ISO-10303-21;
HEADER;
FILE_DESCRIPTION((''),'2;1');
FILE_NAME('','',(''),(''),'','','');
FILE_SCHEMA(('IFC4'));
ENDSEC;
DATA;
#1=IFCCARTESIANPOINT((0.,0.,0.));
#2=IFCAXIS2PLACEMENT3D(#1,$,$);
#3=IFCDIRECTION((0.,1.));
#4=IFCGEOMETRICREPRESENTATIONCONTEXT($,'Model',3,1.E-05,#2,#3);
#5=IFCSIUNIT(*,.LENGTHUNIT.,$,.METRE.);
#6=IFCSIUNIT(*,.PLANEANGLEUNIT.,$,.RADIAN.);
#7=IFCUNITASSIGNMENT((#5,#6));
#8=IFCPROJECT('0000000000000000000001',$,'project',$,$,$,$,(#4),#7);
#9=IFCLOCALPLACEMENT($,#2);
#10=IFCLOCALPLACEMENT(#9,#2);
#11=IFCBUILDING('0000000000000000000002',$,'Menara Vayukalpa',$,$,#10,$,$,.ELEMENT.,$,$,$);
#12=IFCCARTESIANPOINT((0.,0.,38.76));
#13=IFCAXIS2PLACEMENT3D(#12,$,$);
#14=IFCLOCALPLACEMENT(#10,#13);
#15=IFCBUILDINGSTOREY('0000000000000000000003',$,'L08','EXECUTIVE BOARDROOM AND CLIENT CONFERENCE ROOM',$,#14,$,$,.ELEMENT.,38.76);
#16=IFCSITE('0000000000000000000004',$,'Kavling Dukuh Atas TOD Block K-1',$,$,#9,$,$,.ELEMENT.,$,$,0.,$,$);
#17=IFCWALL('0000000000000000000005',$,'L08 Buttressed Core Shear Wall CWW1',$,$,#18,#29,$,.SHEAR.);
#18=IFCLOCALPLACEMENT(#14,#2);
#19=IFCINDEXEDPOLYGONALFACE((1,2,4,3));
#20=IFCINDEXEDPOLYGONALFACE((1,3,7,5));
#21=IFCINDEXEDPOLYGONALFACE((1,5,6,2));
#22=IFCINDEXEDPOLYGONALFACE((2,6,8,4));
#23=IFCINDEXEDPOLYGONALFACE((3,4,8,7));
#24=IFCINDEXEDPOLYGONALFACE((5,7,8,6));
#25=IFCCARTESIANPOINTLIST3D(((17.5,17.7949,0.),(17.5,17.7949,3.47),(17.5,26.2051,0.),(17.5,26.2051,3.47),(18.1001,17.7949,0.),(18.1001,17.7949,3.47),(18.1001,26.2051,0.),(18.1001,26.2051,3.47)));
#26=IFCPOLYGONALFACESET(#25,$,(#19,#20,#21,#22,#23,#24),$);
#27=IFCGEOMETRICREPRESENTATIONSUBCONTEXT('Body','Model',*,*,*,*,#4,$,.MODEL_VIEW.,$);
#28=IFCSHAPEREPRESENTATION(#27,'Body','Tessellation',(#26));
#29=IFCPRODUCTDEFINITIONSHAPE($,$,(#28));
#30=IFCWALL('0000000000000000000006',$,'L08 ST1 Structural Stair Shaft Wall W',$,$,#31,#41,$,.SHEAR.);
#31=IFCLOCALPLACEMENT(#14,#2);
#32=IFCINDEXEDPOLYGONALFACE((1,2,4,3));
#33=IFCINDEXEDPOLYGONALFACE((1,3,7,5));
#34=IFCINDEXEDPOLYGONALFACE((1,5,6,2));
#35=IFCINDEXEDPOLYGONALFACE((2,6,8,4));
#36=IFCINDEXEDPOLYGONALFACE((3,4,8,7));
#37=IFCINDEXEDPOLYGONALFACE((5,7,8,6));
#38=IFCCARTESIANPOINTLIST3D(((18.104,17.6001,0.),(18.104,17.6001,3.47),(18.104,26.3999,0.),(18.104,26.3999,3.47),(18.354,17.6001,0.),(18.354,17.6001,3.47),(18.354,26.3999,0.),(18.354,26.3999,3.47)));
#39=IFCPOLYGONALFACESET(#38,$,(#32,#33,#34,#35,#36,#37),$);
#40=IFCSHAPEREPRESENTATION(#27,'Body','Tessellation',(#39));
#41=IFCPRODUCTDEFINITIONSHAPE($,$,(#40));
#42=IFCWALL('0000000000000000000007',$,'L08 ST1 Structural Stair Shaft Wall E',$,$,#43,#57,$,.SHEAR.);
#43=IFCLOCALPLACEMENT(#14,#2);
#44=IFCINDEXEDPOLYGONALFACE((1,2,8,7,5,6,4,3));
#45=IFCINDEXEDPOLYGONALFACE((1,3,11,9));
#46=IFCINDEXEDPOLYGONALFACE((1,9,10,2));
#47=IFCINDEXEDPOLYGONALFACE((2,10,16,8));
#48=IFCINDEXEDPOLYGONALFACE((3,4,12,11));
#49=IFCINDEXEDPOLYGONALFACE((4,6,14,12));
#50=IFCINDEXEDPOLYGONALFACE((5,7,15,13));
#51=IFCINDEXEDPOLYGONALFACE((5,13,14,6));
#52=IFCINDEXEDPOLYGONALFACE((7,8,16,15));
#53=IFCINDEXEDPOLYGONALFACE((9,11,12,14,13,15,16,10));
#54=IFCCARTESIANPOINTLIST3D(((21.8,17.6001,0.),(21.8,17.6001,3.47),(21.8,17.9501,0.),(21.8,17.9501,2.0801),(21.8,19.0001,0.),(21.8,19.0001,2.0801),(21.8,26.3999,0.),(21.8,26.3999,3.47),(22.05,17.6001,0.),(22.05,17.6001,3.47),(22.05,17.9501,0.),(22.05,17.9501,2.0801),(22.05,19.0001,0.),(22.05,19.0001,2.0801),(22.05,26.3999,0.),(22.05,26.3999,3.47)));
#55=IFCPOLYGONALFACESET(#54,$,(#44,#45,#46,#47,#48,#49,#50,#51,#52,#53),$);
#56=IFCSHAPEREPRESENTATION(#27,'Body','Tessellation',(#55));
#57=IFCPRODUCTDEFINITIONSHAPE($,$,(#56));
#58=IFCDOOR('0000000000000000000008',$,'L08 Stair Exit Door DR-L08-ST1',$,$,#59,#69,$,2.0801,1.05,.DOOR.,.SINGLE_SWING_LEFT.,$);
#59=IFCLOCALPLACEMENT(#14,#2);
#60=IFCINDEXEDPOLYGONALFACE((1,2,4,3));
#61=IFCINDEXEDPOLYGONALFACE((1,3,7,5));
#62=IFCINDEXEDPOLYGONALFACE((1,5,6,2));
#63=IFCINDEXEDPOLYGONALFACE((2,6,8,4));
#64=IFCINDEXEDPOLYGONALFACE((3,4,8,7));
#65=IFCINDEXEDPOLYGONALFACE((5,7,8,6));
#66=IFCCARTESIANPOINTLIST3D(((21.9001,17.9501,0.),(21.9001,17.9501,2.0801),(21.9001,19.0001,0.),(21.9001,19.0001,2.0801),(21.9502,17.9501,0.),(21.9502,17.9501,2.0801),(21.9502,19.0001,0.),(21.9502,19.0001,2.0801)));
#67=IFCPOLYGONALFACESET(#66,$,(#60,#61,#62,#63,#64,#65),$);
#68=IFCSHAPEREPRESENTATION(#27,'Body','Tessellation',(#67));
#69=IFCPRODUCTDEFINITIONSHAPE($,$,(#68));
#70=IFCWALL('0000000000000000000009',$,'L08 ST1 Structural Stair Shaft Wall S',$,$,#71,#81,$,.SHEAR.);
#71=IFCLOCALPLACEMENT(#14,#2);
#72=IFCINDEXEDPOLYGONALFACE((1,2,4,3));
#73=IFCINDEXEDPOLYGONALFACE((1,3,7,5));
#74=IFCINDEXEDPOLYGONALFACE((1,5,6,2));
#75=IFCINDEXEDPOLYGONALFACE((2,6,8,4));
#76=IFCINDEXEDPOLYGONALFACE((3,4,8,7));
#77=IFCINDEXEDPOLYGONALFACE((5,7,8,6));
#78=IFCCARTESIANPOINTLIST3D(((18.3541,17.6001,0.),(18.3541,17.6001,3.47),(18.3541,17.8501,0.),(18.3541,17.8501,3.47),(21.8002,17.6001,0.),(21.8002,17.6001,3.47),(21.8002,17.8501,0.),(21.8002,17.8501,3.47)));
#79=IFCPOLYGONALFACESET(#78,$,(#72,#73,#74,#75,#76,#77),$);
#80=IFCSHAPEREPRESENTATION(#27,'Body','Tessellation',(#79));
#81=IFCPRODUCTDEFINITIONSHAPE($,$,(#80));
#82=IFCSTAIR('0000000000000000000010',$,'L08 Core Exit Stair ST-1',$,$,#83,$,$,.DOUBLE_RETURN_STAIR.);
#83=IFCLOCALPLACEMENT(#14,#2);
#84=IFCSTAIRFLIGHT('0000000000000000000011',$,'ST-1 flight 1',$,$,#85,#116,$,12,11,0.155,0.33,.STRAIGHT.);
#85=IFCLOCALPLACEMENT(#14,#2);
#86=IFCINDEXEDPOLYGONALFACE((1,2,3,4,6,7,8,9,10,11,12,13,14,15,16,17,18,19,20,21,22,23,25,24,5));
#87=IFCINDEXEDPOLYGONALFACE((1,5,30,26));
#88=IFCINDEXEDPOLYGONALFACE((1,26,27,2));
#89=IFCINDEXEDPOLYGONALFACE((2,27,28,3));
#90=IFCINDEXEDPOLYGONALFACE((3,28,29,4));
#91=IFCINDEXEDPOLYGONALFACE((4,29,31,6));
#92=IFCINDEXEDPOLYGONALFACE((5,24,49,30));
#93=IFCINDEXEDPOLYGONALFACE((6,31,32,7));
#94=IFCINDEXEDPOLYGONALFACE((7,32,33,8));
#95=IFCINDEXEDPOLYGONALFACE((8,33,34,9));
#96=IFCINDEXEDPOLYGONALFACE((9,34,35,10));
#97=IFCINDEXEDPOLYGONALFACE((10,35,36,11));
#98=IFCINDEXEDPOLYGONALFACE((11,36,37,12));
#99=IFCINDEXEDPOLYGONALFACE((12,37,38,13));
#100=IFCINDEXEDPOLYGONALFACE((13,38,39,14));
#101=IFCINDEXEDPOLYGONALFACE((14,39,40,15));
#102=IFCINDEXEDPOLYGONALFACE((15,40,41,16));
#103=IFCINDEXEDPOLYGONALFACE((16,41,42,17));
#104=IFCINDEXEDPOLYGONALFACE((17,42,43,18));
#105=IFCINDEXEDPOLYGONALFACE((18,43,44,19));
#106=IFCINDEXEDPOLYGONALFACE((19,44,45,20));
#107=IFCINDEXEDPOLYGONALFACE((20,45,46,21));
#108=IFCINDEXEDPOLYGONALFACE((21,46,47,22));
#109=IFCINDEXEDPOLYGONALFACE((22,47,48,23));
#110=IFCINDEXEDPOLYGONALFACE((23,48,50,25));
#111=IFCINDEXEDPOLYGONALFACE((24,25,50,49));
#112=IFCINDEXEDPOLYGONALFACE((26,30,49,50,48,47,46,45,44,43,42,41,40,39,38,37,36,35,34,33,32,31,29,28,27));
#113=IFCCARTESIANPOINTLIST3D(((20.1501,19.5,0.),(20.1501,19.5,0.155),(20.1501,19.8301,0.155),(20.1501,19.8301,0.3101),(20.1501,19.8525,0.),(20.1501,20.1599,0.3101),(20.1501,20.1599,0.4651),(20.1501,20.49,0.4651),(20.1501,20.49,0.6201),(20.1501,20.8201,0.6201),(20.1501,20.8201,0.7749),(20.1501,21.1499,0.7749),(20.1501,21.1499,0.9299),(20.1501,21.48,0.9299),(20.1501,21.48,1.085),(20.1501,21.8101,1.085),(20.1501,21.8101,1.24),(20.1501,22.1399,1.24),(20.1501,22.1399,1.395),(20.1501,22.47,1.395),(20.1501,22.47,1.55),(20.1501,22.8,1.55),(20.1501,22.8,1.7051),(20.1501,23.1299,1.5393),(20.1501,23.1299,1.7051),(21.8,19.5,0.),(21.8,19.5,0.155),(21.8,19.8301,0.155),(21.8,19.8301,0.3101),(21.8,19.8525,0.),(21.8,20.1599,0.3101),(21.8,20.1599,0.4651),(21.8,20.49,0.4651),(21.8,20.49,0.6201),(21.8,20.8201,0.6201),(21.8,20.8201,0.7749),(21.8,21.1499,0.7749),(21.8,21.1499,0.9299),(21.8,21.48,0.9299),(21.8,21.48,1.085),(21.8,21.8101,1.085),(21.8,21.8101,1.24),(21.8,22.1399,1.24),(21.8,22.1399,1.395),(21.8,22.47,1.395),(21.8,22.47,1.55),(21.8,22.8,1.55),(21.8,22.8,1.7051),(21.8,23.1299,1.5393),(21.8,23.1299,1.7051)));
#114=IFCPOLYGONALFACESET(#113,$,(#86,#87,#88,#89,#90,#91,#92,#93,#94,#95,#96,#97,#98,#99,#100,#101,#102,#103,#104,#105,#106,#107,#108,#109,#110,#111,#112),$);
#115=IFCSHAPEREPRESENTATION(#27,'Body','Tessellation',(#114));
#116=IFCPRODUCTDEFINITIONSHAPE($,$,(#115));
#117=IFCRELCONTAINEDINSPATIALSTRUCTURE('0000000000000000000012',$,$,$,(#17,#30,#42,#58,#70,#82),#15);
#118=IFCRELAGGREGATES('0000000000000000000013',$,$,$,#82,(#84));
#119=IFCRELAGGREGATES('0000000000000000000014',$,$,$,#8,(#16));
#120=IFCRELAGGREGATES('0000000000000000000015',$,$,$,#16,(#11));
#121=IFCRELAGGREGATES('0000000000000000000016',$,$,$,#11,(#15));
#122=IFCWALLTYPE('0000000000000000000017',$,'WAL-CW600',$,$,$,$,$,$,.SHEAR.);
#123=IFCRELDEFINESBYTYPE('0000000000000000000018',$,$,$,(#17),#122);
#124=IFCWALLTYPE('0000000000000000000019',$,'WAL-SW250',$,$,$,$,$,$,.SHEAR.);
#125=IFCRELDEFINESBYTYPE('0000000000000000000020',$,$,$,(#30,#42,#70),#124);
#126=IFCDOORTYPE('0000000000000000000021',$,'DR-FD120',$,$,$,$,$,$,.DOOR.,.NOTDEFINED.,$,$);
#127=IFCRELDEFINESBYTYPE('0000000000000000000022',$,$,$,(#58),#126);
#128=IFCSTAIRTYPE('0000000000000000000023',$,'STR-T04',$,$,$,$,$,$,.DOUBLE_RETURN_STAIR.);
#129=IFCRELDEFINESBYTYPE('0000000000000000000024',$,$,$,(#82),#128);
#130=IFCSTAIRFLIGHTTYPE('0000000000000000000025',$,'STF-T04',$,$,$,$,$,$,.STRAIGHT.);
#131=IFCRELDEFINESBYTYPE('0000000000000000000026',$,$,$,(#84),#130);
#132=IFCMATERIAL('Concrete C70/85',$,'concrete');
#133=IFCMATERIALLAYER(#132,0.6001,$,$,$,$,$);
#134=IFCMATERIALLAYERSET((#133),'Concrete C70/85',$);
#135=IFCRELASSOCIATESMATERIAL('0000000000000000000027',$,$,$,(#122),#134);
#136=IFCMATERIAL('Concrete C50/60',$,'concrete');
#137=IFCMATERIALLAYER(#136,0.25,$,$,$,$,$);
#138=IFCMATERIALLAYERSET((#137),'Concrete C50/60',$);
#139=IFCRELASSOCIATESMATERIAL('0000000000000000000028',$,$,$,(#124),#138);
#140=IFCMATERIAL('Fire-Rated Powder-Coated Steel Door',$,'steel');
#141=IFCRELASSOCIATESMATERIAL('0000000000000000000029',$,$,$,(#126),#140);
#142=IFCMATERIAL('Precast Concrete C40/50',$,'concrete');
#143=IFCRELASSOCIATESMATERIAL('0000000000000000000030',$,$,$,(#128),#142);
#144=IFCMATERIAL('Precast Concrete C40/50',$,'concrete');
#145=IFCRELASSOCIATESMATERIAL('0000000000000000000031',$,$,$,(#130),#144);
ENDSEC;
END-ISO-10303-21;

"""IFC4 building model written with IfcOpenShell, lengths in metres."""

from ifc_helpers import new_model, si_unit, direction, frame, frame_2d, origin, place, context, subcontext, project, spatial, polyline, rectangle, outline, extrude, material, layer, layer_set, type_object, element, fill, aggregate, save


model = new_model("IFC4")

# Units and contexts
model_context = context("Model", 3, precision=1e-05, world=origin(), true_north=direction((0.0, 1.0)))
body_context = subcontext(model_context, "Body", "Model", "MODEL_VIEW")
ifc_project = project(units=[si_unit("LENGTHUNIT", "METRE"), si_unit("PLANEANGLEUNIT", "RADIAN")], contexts=[model_context])

# Site, building, storey
site_placement = place(None, origin())
site = spatial("IfcSite", under=ifc_project, at=site_placement, Name="Kavling Dukuh Atas TOD Block K-1", CompositionType="ELEMENT", RefElevation=0.0)
building_placement = place(site_placement, origin())
building = spatial("IfcBuilding", under=site, at=building_placement, Name="Menara Vayukalpa", CompositionType="ELEMENT")
storey_placement = place(building_placement, frame((0.0, 0.0, 38.76)))
storey = spatial("IfcBuildingStorey", under=building, at=storey_placement, Name="L08", Description="EXECUTIVE BOARDROOM AND CLIENT CONFERENCE ROOM", CompositionType="ELEMENT", Elevation=38.76)

# Walls
ifc_material_1 = material(Name="Concrete C70/85", Category="concrete")
ifc_layer_1 = layer(ifc_material_1, 0.6001)
ifc_layer_set_1 = layer_set([ifc_layer_1], Name="Concrete C70/85")
wall_type_1 = type_object("IfcWallType", Name="WAL-CW600", PredefinedType="SHEAR", material=ifc_layer_set_1)
wall_1_placement = place(storey_placement, frame((17.8, 17.7949, 0.0), z_axis=(0.0, 0.0, 1.0), x_axis=(0.0, 1.0, 0.0)))
element("IfcWall", 1, at=wall_1_placement, inside=storey, type_object=wall_type_1, Name="L08 Buttressed Core Shear Wall CWW1", PredefinedType="SHEAR", context=body_context, shape_type="SweptSolid", body=[
    extrude(rectangle(XDim=8.4102, YDim=0.6001, at=frame_2d((4.2051, 0.0))), origin(), (0.0, 0.0, 1.0), 3.47),
])
ifc_material_2 = material(Name="Concrete C50/60", Category="concrete")
ifc_layer_2 = layer(ifc_material_2, 0.25)
ifc_layer_set_2 = layer_set([ifc_layer_2], Name="Concrete C50/60")
wall_type_2 = type_object("IfcWallType", Name="WAL-SW250", PredefinedType="SHEAR", material=ifc_layer_set_2)
wall_2_placement = place(storey_placement, frame((18.229, 17.6001, 0.0), z_axis=(0.0, 0.0, 1.0), x_axis=(0.0, 1.0, 0.0)))
element("IfcWall", 2, at=wall_2_placement, inside=storey, type_object=wall_type_2, Name="L08 ST1 Structural Stair Shaft Wall W", PredefinedType="SHEAR", context=body_context, shape_type="SweptSolid", body=[
    extrude(rectangle(XDim=8.7998, YDim=0.25, at=frame_2d((4.3999, 0.0))), origin(), (0.0, 0.0, 1.0), 3.47),
])

# Wall, opening, door
wall_3_placement = place(storey_placement, frame((21.925, 17.6001, 0.0), z_axis=(0.0, 0.0, 1.0), x_axis=(0.0, 1.0, 0.0)))
wall_3 = element("IfcWall", 3, at=wall_3_placement, inside=storey, type_object=wall_type_2, Name="L08 ST1 Structural Stair Shaft Wall E", PredefinedType="SHEAR", context=body_context, shape_type="SweptSolid", body=[
    extrude(rectangle(XDim=8.7998, YDim=0.25, at=frame_2d((4.3999, 0.0))), origin(), (0.0, 0.0, 1.0), 3.47),
])
opening_placement = place(wall_3_placement, frame((0.3501, 0.0, 0.0)))
opening = element("IfcOpeningElement", 4, at=opening_placement, cuts=wall_3, PredefinedType="OPENING", context=body_context, shape_type="SweptSolid", body=[
    extrude(rectangle(XDim=1.05, YDim=2.0801, at=frame_2d((0.5249, 1.04))), frame((0.0, 0.135, 0.0), z_axis=(0.0, -1.0, 0.0), x_axis=(1.0, 0.0, 0.0)), (0.0, 0.0, 1.0), 0.27),
])
ifc_material_3 = material(Name="Fire-Rated Powder-Coated Steel Door", Category="steel")
door_type = type_object("IfcDoorType", Name="DR-FD120", OperationType="NOTDEFINED", PredefinedType="DOOR", material=ifc_material_3)
door_placement = place(opening_placement, origin())
door = element("IfcDoor", 5, at=door_placement, inside=storey, type_object=door_type, Name="L08 Stair Exit Door DR-L08-ST1", OperationType="SINGLE_SWING_LEFT", OverallHeight=2.0801, OverallWidth=1.05, PredefinedType="DOOR", context=body_context, shape_type="SweptSolid", body=[
    extrude(rectangle(XDim=1.05, YDim=2.0801, at=frame_2d((0.5249, 1.04))), frame((0.0, 0.0249, 0.0), z_axis=(0.0, -1.0, 0.0), x_axis=(1.0, 0.0, 0.0)), (0.0, 0.0, 1.0), 0.05),
])
fill(opening, door)

# Wall
wall_4_placement = place(storey_placement, frame((18.354, 17.7251, 0.0), z_axis=(0.0, 0.0, 1.0), x_axis=(1.0, 0.0, 0.0)))
element("IfcWall", 6, at=wall_4_placement, inside=storey, type_object=wall_type_2, Name="L08 ST1 Structural Stair Shaft Wall S", PredefinedType="SHEAR", context=body_context, shape_type="SweptSolid", body=[
    extrude(rectangle(XDim=3.446, YDim=0.25, at=frame_2d((1.7231, 0.0))), origin(), (0.0, 0.0, 1.0), 3.47),
])

# Stair, stair flight
ifc_material_4 = material(Name="Precast Concrete C40/50", Category="concrete")
stair_type = type_object("IfcStairType", Name="STR-T04", PredefinedType="DOUBLE_RETURN_STAIR", material=ifc_material_4)
stair_placement = place(storey_placement, origin())
stair = element("IfcStair", 7, at=stair_placement, inside=storey, type_object=stair_type, Name="L08 Core Exit Stair ST-1", PredefinedType="DOUBLE_RETURN_STAIR")
ifc_material_5 = material(Name="Precast Concrete C40/50", Category="concrete")
stair_flight_type = type_object("IfcStairFlightType", Name="STF-T04", PredefinedType="STRAIGHT", material=ifc_material_5)
stair_flight_placement = place(storey_placement, frame((20.9751, 19.5, 0.0), z_axis=(0.0, 0.0, 1.0), x_axis=(0.0, 1.0, 0.0)))
stair_flight = element("IfcStairFlight", 8, at=stair_flight_placement, type_object=stair_flight_type, Name="ST-1 flight 1", NumberOfRisers=12, NumberOfTreads=11, PredefinedType="STRAIGHT", RiserHeight=0.155, TreadLength=0.33, context=body_context, shape_type="SweptSolid", body=[
    extrude(outline(polyline([(0.0, 0.0), (0.0, 0.155), (0.3301, 0.155), (0.3301, 0.3101), (0.6599, 0.3101), (0.6599, 0.4651), (0.99, 0.4651), (0.99, 0.6201), (1.3201, 0.6201), (1.3201, 0.7749), (1.6499, 0.7749), (1.6499, 0.9299), (1.98, 0.9299), (1.98, 1.085), (2.3101, 1.085), (2.3101, 1.24), (2.6399, 1.24), (2.6399, 1.395), (2.97, 1.395), (2.97, 1.55), (3.3, 1.55), (3.3, 1.7051), (3.6299, 1.7051), (3.6299, 1.8601), (3.6299, 1.5393), (0.3525, 0.0), (0.0, 0.0)])), frame((0.0, 0.825, 0.0), z_axis=(0.0, -1.0, 0.0), x_axis=(1.0, 0.0, 0.0)), (0.0, 0.0, 1.0), 1.6499),
])
aggregate(stair, [stair_flight])

save(model, "model.ifc")
